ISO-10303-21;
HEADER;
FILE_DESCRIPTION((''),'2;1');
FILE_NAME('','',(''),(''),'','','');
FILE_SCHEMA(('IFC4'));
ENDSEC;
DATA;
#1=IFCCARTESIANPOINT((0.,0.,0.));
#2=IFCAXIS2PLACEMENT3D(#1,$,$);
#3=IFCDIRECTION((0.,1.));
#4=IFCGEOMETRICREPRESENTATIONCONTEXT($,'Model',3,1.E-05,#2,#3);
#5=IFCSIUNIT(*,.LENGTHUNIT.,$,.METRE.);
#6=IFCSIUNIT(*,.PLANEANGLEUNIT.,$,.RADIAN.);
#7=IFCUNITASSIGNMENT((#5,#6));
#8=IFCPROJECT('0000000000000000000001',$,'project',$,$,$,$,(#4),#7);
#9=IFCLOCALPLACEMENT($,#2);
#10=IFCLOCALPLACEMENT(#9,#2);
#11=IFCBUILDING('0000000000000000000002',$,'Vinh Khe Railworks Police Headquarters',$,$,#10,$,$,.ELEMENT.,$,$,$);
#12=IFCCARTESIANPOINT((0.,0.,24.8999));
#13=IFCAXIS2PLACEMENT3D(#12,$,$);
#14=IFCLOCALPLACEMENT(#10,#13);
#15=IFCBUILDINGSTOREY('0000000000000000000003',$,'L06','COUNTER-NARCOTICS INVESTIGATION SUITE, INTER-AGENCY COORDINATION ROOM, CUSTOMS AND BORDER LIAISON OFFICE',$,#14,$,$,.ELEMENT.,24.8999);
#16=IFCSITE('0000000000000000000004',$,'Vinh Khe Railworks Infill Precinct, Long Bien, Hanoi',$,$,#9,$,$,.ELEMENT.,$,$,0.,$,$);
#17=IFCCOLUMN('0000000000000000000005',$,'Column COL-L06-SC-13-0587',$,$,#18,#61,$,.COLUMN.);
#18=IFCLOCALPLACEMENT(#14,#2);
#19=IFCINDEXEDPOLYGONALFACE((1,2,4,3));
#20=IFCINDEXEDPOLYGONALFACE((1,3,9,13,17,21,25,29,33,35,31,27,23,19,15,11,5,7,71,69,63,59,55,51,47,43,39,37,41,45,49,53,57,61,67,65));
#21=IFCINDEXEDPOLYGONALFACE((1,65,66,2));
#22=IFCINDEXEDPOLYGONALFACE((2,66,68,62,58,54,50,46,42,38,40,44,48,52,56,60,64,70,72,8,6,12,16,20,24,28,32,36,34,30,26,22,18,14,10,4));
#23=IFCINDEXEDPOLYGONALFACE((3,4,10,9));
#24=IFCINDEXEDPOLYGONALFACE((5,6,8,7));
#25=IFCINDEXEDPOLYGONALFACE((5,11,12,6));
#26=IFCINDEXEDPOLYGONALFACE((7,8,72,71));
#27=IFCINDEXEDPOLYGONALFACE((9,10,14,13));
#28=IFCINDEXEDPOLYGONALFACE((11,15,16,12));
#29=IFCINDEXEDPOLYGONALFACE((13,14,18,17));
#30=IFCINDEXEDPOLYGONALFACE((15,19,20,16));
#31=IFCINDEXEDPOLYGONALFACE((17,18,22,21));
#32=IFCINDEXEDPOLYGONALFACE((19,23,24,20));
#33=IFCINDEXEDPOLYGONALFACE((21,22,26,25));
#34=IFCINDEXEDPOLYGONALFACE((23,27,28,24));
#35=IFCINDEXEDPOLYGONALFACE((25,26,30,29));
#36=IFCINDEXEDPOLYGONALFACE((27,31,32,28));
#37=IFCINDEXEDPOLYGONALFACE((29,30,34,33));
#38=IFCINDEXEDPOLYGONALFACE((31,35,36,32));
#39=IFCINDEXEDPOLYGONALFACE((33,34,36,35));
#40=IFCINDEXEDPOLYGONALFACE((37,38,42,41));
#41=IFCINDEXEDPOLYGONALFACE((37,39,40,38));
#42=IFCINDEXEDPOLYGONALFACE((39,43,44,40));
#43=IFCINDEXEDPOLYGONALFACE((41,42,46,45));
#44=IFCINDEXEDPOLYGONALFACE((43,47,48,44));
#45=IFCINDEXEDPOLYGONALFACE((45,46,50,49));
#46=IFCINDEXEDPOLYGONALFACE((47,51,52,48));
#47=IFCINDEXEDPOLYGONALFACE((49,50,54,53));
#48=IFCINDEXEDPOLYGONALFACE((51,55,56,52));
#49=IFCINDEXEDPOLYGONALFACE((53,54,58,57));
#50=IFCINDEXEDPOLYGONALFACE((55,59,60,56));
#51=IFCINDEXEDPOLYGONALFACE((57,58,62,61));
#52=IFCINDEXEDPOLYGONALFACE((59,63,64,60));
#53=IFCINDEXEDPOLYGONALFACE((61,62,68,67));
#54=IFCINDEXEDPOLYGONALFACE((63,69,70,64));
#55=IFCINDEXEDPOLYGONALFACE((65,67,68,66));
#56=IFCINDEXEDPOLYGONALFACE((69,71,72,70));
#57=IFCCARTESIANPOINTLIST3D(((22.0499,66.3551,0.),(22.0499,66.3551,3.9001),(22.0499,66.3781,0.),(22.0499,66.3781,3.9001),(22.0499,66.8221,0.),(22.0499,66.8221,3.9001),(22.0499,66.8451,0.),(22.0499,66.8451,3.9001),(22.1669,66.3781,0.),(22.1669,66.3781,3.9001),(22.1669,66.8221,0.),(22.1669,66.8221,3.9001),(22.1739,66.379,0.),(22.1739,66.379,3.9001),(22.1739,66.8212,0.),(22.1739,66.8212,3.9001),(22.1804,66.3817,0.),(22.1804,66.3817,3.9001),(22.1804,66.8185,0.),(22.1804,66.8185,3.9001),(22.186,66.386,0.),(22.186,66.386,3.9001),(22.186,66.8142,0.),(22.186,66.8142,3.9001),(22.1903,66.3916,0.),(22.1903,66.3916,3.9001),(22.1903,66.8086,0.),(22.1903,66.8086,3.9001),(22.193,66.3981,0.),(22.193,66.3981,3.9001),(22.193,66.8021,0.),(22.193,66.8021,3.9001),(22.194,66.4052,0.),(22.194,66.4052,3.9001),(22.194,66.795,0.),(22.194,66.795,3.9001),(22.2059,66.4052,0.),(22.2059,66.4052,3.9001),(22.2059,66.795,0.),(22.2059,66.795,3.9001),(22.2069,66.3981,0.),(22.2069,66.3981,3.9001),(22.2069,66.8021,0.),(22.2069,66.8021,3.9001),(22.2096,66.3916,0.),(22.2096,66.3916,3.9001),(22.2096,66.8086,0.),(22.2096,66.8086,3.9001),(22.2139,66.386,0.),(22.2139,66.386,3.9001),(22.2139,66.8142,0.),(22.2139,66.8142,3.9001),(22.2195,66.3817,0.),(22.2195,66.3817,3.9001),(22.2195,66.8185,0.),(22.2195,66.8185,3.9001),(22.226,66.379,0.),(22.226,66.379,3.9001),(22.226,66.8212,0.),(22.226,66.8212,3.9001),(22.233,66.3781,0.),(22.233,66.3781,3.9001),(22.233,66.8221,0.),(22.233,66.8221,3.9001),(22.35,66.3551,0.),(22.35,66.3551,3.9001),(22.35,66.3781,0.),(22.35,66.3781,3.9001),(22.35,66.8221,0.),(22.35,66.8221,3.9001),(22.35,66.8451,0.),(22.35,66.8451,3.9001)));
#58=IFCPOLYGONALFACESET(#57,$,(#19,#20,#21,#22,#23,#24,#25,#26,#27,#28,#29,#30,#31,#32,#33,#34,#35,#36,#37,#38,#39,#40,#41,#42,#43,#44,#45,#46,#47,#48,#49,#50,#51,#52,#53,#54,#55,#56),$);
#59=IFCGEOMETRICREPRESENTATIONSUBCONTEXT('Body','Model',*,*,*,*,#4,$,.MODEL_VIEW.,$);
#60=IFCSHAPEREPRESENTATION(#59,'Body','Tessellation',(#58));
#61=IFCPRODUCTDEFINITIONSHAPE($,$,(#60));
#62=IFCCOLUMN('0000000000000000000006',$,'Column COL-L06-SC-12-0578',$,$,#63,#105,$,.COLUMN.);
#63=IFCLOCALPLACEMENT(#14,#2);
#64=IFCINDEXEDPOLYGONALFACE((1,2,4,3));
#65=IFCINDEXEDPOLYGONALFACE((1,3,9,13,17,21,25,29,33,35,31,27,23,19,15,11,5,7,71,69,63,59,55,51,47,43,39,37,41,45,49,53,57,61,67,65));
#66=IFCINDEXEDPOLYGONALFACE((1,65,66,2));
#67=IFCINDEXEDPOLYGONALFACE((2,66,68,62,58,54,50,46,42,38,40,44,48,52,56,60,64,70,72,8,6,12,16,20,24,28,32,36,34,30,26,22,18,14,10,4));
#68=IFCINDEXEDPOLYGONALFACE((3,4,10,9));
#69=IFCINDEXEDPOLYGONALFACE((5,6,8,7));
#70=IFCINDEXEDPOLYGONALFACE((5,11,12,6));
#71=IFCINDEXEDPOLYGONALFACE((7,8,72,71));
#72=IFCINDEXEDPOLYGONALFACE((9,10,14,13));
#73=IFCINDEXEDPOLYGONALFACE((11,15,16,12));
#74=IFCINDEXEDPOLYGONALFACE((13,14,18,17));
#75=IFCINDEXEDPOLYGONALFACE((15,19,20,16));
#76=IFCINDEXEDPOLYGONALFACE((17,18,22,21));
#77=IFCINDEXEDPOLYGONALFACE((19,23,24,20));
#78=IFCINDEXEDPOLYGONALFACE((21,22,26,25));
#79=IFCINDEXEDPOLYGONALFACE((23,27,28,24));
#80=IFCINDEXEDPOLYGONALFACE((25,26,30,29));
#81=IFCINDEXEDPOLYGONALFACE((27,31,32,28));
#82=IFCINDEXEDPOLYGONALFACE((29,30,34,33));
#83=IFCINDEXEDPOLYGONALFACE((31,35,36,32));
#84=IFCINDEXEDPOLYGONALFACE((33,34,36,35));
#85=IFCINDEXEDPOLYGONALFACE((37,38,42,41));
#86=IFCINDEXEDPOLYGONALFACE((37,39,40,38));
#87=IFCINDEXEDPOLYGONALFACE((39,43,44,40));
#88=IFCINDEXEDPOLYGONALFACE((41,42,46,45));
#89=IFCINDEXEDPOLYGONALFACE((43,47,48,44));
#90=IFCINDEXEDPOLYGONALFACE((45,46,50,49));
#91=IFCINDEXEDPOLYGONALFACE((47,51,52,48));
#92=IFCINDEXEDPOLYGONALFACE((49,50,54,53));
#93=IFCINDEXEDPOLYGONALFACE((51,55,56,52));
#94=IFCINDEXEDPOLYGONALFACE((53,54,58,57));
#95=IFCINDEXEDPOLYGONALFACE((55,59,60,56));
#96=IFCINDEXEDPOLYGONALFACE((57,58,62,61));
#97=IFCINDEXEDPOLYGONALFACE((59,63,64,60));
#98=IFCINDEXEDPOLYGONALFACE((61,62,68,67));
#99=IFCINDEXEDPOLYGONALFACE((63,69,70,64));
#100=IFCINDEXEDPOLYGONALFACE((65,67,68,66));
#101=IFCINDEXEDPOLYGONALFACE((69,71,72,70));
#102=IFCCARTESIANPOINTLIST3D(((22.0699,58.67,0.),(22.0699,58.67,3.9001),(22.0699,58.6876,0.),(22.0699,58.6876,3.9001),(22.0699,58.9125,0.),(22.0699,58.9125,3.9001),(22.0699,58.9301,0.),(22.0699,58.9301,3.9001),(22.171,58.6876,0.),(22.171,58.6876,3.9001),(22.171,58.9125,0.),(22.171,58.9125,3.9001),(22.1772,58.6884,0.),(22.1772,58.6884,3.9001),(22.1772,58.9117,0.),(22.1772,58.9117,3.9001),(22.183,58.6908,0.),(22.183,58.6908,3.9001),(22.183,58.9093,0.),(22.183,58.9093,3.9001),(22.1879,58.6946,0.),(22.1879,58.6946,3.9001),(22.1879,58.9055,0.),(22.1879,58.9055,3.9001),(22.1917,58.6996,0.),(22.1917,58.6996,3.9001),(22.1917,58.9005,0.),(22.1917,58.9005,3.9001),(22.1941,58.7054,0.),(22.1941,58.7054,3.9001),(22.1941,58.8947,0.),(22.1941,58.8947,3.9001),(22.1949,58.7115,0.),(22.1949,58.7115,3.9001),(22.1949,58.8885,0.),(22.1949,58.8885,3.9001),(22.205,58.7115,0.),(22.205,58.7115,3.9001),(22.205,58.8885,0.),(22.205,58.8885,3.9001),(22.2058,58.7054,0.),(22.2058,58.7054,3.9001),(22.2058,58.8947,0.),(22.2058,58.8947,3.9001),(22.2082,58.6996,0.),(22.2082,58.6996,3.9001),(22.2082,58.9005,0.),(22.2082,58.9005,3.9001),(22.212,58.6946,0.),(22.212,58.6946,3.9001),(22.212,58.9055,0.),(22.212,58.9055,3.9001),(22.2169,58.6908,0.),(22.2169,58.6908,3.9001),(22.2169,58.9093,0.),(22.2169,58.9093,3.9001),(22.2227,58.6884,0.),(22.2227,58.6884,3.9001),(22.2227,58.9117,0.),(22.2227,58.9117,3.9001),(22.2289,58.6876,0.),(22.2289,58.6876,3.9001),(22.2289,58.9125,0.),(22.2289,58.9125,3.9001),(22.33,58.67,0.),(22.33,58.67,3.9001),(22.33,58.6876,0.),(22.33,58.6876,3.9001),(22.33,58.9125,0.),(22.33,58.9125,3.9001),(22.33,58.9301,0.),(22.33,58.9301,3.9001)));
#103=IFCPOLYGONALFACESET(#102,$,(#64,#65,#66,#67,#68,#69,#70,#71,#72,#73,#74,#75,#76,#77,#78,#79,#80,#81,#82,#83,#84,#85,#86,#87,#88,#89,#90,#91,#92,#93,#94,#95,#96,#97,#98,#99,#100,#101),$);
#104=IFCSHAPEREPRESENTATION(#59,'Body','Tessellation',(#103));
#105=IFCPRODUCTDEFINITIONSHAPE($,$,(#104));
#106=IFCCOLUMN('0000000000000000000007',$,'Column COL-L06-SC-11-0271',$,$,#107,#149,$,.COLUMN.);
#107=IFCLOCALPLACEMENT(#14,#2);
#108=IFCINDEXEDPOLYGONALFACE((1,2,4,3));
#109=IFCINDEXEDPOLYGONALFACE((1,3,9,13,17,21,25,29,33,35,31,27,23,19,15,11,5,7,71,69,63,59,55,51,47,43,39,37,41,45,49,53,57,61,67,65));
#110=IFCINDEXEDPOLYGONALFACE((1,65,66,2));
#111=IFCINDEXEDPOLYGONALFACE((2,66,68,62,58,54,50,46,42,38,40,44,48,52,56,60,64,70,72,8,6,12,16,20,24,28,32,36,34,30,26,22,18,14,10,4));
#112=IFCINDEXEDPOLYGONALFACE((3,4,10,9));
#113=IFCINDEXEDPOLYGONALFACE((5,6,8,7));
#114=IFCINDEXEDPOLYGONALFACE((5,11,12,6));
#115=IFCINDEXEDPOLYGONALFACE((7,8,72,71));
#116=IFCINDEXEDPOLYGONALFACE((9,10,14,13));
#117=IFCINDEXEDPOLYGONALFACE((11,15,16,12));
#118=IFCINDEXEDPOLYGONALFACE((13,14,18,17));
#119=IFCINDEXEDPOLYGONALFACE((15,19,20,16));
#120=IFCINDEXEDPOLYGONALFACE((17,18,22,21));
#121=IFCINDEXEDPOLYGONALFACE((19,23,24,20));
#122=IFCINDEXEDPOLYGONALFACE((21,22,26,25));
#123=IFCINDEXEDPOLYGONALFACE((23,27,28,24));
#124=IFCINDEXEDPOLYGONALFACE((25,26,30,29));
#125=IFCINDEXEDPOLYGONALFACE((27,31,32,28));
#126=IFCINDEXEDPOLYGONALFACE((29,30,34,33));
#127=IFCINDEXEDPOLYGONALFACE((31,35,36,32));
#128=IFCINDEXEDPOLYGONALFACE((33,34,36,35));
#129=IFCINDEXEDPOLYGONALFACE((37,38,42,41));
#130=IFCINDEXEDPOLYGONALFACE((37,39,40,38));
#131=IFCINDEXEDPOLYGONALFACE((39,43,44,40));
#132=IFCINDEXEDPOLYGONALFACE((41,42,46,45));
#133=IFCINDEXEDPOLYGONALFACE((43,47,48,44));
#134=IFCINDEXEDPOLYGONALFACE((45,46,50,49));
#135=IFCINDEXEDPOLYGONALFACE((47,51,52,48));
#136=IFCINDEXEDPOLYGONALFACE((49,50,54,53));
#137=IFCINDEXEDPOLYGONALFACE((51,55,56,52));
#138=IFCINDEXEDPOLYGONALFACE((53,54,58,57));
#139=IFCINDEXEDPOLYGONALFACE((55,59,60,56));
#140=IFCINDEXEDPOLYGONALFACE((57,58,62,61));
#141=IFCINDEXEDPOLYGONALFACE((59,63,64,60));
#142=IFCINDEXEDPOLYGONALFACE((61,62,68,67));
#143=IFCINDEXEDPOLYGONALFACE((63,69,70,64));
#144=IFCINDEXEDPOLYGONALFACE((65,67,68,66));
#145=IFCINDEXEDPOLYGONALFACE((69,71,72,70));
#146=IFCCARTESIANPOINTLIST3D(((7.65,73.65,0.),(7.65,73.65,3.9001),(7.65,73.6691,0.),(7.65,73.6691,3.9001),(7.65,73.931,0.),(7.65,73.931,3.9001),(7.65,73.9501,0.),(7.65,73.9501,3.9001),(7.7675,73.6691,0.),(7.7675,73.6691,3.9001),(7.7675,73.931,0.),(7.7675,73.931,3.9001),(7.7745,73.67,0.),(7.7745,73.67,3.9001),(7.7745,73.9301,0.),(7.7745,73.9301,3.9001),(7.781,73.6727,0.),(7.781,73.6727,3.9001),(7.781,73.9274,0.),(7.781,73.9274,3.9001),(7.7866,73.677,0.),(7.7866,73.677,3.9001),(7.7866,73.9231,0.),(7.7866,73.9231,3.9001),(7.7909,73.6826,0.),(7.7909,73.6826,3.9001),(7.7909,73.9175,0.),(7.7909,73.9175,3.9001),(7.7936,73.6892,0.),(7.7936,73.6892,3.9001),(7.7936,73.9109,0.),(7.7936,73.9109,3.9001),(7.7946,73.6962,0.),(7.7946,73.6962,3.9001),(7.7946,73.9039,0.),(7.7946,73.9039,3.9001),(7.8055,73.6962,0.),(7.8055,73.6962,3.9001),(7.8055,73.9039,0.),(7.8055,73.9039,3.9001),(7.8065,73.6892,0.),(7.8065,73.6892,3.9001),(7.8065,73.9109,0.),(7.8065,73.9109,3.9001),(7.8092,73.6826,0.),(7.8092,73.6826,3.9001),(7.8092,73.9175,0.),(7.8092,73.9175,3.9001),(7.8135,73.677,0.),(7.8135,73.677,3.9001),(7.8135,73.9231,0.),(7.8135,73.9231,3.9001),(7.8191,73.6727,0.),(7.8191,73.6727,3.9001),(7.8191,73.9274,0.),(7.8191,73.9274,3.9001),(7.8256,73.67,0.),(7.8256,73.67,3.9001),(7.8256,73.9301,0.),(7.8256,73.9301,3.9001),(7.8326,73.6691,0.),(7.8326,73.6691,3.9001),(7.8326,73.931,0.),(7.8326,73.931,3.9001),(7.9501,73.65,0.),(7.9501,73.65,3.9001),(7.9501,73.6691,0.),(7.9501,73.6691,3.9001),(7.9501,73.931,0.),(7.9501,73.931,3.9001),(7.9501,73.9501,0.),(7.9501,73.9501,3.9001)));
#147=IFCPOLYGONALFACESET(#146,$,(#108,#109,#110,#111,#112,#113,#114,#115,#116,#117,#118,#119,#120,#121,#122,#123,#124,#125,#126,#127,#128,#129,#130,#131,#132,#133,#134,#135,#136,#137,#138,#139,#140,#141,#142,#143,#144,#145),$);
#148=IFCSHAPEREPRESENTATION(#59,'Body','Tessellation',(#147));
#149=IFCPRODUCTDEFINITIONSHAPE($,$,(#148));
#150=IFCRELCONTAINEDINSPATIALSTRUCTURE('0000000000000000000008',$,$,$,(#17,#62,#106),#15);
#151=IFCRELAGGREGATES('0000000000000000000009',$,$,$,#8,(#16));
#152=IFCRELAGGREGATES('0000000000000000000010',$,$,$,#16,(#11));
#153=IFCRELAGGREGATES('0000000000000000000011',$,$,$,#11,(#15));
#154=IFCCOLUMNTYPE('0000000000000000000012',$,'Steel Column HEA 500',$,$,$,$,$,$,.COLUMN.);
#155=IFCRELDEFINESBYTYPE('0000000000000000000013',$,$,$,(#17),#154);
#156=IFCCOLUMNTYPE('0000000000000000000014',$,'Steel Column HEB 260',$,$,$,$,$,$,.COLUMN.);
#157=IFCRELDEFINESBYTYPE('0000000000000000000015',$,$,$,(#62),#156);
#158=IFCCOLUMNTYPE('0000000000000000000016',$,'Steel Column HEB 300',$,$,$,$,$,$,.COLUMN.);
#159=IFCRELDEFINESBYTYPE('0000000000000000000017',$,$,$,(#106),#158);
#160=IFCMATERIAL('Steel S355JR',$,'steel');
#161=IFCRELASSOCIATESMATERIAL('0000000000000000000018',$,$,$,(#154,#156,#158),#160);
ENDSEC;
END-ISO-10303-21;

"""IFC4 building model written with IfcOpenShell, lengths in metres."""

from ifc_helpers import new_model, si_unit, direction, frame, origin, origin_2d, place, context, subcontext, project, spatial, i_section, extrude, material, material_profile, profile_set, type_object, element, save


model = new_model("IFC4")

# Units and contexts
model_context = context("Model", 3, precision=1e-05, world=origin(), true_north=direction((0.0, 1.0)))
body_context = subcontext(model_context, "Body", "Model", "MODEL_VIEW")
ifc_project = project(units=[si_unit("LENGTHUNIT", "METRE"), si_unit("PLANEANGLEUNIT", "RADIAN")], contexts=[model_context])

# Site, building, storey
site_placement = place(None, origin())
site = spatial("IfcSite", under=ifc_project, at=site_placement, Name="Vinh Khe Railworks Infill Precinct, Long Bien, Hanoi", CompositionType="ELEMENT", RefElevation=0.0)
building_placement = place(site_placement, origin())
building = spatial("IfcBuilding", under=site, at=building_placement, Name="Vinh Khe Railworks Police Headquarters", CompositionType="ELEMENT")
storey_placement = place(building_placement, frame((0.0, 0.0, 24.8999)))
storey = spatial("IfcBuildingStorey", under=building, at=storey_placement, Name="L06", Description="COUNTER-NARCOTICS INVESTIGATION SUITE, INTER-AGENCY COORDINATION ROOM, CUSTOMS AND BORDER LIAISON OFFICE", CompositionType="ELEMENT", Elevation=24.8999)

# Columns
ifc_material_1 = material(Name="Steel S355JR", Category="steel")
ifc_material_profile_1 = material_profile(ifc_material_1, i_section(OverallWidth=0.3, OverallDepth=0.49, WebThickness=0.012, FlangeThickness=0.0229, FilletRadius=0.0271, at=origin_2d()), Name="HEA 500")
ifc_profile_set_1 = profile_set([ifc_material_profile_1], Name="Steel S355JR")
column_type_1 = type_object("IfcColumnType", Name="Steel Column HEA 500", PredefinedType="COLUMN", material=ifc_profile_set_1)
for number, where, z_axis, x_axis, name in (
    (1, (22.2, 66.6001, 0.0), (0.0, 0.0, 1.0), (1.0, 0.0, 0.0), "Column COL-L06-SC-13-0587"),
):
    element("IfcColumn", number, at=place(storey_placement, frame(where, z_axis=z_axis, x_axis=x_axis)), inside=storey, type_object=column_type_1, Name=name, PredefinedType="COLUMN", context=body_context, shape_type="SweptSolid", body=[
        extrude(i_section(OverallWidth=0.3, OverallDepth=0.49, WebThickness=0.012, FlangeThickness=0.0229, FilletRadius=0.0271, at=origin_2d()), origin(), (0.0, 0.0, 1.0), 3.9001),
    ])
ifc_material_profile_2 = material_profile(ifc_material_1, i_section(OverallWidth=0.26, OverallDepth=0.26, WebThickness=0.01, FlangeThickness=0.0176, FilletRadius=0.0239, at=origin_2d()), Name="HEB 260")
ifc_profile_set_2 = profile_set([ifc_material_profile_2], Name="Steel S355JR")
column_type_2 = type_object("IfcColumnType", Name="Steel Column HEB 260", PredefinedType="COLUMN", material=ifc_profile_set_2)
column_1_placement = place(storey_placement, frame((22.2, 58.8, 0.0), z_axis=(0.0, 0.0, 1.0), x_axis=(1.0, 0.0, 0.0)))
element("IfcColumn", 2, at=column_1_placement, inside=storey, type_object=column_type_2, Name="Column COL-L06-SC-12-0578", PredefinedType="COLUMN", context=body_context, shape_type="SweptSolid", body=[
    extrude(i_section(OverallWidth=0.26, OverallDepth=0.26, WebThickness=0.01, FlangeThickness=0.0176, FilletRadius=0.0239, at=origin_2d()), origin(), (0.0, 0.0, 1.0), 3.9001),
])
ifc_material_profile_3 = material_profile(ifc_material_1, i_section(OverallWidth=0.3, OverallDepth=0.3, WebThickness=0.011, FlangeThickness=0.019, FilletRadius=0.0271, at=origin_2d()), Name="HEB 300")
ifc_profile_set_3 = profile_set([ifc_material_profile_3], Name="Steel S355JR")
column_type_3 = type_object("IfcColumnType", Name="Steel Column HEB 300", PredefinedType="COLUMN", material=ifc_profile_set_3)
column_2_placement = place(storey_placement, frame((7.8, 73.8, 0.0), z_axis=(0.0, 0.0, 1.0), x_axis=(1.0, 0.0, 0.0)))
element("IfcColumn", 3, at=column_2_placement, inside=storey, type_object=column_type_3, Name="Column COL-L06-SC-11-0271", PredefinedType="COLUMN", context=body_context, shape_type="SweptSolid", body=[
    extrude(i_section(OverallWidth=0.3, OverallDepth=0.3, WebThickness=0.011, FlangeThickness=0.019, FilletRadius=0.0271, at=origin_2d()), origin(), (0.0, 0.0, 1.0), 3.9001),
])

save(model, "model.ifc")
